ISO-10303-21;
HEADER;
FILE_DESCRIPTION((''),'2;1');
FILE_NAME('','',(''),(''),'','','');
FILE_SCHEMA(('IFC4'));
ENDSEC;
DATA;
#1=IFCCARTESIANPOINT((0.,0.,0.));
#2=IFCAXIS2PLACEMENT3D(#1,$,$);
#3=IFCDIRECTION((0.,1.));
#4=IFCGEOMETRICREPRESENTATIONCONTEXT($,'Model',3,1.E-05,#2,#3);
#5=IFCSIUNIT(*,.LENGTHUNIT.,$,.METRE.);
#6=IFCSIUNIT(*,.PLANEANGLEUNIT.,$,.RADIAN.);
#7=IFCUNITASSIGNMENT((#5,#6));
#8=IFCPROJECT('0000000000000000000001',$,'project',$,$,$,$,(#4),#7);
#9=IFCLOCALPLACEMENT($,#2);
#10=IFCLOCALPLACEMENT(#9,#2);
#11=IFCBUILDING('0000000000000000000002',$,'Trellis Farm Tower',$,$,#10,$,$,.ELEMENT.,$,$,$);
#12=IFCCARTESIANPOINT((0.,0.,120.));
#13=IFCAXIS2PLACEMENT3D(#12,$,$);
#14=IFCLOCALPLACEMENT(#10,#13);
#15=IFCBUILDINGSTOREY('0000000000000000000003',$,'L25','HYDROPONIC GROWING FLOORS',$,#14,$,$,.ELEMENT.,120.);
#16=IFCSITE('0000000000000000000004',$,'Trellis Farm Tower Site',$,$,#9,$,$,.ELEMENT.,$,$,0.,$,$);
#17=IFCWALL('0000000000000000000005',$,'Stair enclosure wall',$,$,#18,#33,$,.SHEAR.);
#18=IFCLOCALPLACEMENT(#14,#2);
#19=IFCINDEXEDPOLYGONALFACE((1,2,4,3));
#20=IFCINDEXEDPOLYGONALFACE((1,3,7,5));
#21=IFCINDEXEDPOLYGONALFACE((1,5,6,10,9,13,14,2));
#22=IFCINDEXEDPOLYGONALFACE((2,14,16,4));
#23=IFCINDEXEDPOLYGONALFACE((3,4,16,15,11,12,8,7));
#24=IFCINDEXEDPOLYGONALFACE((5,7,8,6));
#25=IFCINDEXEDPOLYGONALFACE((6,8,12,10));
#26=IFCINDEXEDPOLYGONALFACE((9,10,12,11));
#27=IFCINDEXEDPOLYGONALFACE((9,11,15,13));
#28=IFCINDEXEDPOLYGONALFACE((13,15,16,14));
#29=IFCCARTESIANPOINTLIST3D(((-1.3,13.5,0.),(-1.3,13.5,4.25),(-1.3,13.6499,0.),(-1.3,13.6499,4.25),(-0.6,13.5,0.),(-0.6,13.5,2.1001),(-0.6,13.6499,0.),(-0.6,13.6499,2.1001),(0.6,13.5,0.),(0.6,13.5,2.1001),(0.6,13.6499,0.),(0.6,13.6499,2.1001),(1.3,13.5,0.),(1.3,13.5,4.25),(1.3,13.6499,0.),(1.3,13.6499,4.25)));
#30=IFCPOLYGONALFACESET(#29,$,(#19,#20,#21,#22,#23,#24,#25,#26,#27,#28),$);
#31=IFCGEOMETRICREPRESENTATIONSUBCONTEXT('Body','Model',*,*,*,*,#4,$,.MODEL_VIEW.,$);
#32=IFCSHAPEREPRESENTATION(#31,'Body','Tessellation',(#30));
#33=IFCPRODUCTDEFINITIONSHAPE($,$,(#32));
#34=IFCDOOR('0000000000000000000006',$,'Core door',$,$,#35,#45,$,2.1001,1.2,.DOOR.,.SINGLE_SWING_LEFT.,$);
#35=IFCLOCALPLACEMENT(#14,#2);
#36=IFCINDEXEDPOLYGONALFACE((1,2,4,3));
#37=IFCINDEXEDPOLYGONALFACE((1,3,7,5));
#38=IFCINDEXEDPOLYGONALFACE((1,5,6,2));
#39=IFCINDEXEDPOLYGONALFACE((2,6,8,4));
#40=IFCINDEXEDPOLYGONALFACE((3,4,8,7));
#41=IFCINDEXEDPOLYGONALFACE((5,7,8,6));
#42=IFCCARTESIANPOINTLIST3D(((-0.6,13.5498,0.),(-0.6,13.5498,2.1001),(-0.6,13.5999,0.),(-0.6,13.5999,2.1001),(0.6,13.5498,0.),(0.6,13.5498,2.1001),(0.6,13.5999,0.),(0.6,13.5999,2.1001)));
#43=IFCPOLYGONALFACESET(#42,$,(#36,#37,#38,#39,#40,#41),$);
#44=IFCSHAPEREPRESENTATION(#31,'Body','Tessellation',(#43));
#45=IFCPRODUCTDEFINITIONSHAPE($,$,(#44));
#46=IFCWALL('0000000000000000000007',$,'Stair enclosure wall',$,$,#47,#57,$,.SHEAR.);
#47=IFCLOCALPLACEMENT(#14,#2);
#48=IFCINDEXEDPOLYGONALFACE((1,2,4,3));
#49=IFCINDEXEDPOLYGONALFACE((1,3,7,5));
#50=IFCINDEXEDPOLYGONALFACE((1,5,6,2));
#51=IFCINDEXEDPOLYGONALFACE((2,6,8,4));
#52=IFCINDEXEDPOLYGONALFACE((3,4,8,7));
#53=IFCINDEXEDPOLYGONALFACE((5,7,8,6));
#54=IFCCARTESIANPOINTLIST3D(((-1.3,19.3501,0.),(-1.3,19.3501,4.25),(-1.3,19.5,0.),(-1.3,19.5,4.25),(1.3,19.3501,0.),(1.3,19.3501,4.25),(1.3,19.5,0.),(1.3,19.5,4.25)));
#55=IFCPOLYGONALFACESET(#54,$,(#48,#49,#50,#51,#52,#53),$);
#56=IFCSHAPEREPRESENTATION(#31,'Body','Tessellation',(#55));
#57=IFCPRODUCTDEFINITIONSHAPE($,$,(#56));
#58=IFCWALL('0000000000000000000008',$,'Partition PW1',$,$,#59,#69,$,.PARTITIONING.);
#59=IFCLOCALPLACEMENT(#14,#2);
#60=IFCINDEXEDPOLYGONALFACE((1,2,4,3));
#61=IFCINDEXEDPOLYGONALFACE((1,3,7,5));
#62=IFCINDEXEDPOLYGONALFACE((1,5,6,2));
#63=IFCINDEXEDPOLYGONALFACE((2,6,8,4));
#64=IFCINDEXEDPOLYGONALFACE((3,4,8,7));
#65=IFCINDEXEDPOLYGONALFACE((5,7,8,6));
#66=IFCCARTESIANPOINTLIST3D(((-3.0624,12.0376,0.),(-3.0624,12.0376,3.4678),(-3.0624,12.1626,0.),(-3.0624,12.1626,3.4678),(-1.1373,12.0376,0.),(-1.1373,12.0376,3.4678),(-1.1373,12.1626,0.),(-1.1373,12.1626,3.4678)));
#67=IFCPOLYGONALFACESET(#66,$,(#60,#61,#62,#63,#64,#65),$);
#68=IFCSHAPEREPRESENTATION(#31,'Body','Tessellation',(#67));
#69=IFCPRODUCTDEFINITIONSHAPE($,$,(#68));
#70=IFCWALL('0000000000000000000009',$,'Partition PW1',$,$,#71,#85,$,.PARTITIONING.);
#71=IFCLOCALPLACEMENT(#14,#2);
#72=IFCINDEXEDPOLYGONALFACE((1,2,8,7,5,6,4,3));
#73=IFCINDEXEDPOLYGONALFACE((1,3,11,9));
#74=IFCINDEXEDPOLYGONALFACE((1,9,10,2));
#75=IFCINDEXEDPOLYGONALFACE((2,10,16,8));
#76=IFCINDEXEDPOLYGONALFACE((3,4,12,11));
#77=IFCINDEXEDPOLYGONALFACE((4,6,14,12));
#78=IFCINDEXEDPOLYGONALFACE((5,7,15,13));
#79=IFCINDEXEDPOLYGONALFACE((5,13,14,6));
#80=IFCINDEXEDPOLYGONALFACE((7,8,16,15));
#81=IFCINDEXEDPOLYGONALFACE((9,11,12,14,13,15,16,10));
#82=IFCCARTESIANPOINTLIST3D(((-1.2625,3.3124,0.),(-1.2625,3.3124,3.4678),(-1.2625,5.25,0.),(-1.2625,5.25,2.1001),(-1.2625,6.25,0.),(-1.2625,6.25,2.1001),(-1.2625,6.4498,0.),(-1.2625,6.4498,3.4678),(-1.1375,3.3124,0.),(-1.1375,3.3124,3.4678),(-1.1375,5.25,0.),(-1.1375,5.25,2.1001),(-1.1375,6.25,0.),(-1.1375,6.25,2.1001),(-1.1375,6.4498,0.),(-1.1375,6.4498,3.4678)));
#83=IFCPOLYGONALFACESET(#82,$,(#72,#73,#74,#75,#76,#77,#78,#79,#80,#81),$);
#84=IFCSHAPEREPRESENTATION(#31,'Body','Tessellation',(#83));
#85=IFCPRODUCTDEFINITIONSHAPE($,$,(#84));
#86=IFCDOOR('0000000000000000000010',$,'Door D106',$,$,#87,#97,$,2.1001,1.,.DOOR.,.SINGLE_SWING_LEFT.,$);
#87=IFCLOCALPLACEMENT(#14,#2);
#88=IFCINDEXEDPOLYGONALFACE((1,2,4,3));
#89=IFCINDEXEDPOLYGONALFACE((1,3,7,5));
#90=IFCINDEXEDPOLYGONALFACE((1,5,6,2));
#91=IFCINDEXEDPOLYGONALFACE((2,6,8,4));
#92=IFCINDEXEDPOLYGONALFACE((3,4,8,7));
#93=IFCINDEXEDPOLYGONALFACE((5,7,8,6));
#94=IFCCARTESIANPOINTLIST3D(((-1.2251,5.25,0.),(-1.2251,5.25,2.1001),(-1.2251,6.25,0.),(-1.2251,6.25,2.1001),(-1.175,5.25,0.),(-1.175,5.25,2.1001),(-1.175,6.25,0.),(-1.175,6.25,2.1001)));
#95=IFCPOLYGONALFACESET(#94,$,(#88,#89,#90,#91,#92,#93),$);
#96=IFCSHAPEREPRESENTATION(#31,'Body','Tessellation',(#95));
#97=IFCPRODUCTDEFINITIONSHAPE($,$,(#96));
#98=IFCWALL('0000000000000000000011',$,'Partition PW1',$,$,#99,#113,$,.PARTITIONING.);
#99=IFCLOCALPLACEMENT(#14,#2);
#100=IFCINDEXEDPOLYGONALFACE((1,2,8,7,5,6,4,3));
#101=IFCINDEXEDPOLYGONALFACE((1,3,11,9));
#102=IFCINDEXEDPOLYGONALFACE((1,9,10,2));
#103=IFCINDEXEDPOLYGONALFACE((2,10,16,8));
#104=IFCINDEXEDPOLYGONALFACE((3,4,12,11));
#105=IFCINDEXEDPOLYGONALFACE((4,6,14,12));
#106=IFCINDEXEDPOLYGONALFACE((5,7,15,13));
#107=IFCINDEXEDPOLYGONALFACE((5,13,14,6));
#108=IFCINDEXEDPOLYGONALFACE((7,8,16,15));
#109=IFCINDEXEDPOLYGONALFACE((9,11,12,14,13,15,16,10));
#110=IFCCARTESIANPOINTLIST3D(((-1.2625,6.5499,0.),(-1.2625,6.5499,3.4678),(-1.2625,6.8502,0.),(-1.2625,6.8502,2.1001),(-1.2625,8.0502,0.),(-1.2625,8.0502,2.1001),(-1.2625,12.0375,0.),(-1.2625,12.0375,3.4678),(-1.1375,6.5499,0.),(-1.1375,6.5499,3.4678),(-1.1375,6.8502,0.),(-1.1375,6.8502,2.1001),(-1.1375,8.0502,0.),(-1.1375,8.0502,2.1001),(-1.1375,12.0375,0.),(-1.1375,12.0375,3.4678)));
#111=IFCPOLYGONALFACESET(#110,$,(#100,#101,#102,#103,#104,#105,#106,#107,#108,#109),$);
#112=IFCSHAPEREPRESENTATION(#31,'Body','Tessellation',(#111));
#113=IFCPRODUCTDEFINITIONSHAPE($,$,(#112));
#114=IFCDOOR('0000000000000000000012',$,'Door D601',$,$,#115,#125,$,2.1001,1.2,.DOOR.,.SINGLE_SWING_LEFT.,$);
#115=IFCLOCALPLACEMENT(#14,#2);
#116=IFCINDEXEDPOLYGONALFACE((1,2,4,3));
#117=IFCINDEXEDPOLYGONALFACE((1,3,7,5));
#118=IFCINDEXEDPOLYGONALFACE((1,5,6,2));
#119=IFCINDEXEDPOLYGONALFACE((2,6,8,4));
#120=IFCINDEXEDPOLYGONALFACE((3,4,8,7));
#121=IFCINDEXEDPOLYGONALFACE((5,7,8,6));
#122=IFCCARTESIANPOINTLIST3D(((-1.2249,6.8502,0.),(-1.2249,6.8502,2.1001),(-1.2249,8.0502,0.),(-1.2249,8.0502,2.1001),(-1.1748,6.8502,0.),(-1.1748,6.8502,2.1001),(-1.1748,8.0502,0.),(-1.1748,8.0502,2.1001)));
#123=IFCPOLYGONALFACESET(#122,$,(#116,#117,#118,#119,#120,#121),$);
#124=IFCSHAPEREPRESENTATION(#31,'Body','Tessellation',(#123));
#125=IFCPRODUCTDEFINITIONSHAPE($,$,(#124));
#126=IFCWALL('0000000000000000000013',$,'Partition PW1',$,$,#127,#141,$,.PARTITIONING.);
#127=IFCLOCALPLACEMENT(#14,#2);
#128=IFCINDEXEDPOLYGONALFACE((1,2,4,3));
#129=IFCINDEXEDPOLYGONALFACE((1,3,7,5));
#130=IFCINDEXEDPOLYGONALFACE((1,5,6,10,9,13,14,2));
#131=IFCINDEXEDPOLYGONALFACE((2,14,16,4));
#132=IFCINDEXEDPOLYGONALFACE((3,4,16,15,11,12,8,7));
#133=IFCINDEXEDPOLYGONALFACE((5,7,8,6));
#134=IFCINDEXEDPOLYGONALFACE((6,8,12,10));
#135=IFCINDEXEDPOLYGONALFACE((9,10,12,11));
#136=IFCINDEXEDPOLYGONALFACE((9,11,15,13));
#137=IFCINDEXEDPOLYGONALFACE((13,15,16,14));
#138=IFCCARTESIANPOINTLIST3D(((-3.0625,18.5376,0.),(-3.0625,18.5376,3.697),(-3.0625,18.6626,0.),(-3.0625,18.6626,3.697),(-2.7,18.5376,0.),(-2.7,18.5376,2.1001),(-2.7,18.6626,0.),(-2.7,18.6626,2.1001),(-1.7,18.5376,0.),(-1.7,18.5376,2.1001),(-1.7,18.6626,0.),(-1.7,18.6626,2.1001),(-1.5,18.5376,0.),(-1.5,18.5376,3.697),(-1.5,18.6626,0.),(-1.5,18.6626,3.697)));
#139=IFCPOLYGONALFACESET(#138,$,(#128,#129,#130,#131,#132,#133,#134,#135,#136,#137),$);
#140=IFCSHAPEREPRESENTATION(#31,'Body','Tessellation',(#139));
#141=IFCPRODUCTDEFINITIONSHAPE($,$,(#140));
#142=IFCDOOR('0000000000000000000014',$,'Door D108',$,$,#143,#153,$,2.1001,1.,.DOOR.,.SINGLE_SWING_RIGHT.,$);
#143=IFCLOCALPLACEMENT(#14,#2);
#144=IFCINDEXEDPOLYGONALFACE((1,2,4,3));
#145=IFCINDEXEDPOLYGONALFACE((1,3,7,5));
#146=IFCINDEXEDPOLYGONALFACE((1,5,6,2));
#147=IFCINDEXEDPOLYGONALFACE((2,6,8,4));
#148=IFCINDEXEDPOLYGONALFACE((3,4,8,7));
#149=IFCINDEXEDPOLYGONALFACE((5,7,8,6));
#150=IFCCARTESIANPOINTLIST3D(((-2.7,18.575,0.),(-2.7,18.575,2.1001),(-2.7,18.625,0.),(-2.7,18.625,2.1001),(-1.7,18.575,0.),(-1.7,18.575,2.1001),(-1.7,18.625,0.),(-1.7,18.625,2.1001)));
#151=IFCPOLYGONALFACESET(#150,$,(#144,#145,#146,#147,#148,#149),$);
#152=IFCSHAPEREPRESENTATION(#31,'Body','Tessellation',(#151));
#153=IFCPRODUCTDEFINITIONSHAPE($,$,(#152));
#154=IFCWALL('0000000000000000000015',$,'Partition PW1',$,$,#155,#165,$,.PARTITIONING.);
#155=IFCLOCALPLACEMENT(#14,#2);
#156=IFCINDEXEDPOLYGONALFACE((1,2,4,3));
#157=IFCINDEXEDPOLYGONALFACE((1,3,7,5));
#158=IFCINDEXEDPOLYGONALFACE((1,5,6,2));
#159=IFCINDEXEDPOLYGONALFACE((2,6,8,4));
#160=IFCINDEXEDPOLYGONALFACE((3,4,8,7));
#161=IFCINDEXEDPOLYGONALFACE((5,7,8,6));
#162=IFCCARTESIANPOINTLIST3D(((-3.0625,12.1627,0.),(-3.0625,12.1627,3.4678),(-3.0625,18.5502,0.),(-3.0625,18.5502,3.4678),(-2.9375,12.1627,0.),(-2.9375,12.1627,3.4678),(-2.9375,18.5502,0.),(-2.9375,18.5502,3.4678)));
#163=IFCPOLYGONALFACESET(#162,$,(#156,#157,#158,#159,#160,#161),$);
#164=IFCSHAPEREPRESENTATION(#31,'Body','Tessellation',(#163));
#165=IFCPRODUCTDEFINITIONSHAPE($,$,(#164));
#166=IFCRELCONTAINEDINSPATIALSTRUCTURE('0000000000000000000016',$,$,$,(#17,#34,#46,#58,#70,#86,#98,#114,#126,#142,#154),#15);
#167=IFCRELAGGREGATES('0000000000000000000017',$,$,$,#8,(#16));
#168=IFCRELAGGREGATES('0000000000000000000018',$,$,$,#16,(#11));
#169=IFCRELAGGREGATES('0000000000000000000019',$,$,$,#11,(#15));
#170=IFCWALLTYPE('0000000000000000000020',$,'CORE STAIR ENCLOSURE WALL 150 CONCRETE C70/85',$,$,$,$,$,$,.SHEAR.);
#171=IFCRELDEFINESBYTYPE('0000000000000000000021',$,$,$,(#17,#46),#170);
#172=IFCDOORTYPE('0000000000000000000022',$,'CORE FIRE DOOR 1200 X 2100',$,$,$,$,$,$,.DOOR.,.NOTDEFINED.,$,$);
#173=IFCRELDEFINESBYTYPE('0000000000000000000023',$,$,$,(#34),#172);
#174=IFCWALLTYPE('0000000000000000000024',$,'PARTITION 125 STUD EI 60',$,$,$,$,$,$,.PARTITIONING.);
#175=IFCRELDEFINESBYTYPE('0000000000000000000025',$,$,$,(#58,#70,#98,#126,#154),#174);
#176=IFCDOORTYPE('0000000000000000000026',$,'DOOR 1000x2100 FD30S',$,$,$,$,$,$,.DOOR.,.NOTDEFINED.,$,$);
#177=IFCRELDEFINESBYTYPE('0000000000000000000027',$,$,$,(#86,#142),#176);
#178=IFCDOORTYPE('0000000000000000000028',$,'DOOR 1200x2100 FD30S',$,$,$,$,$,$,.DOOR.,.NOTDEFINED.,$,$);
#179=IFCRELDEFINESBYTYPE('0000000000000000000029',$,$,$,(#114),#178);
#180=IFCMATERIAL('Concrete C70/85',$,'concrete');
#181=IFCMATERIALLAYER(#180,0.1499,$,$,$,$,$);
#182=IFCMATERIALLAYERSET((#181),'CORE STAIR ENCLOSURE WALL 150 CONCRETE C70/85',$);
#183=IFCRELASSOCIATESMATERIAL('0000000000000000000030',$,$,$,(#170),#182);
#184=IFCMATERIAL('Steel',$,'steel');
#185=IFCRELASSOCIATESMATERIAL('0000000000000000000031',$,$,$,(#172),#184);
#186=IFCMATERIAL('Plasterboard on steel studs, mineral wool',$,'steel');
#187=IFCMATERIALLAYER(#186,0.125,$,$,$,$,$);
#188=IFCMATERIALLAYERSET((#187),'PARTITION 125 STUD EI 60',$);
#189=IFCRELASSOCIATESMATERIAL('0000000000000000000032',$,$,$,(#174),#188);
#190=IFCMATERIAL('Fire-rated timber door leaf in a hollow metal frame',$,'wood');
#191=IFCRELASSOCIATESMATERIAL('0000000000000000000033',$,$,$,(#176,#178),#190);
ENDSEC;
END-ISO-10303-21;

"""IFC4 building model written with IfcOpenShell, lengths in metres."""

from ifc_helpers import new_model, si_unit, direction, frame, frame_2d, origin, place, context, subcontext, project, spatial, rectangle, extrude, source, transform, mapped, material, layer, layer_set, type_object, element, fill, save


model = new_model("IFC4")

# Units and contexts
model_context = context("Model", 3, precision=1e-05, world=origin(), true_north=direction((0.0, 1.0)))
body_context = subcontext(model_context, "Body", "Model", "MODEL_VIEW")
ifc_project = project(units=[si_unit("LENGTHUNIT", "METRE"), si_unit("PLANEANGLEUNIT", "RADIAN")], contexts=[model_context])

# Site, building, storey
site_placement = place(None, origin())
site = spatial("IfcSite", under=ifc_project, at=site_placement, Name="Trellis Farm Tower Site", CompositionType="ELEMENT", RefElevation=0.0)
building_placement = place(site_placement, origin())
building = spatial("IfcBuilding", under=site, at=building_placement, Name="Trellis Farm Tower", CompositionType="ELEMENT")
storey_placement = place(building_placement, frame((0.0, 0.0, 120.0)))
storey = spatial("IfcBuildingStorey", under=building, at=storey_placement, Name="L25", Description="HYDROPONIC GROWING FLOORS", CompositionType="ELEMENT", Elevation=120.0)

# Shared definitions
ifc_material_1 = material(Name="Concrete C70/85", Category="concrete")

# Wall, opening, door
ifc_layer_1 = layer(ifc_material_1, 0.1499)
ifc_layer_set_1 = layer_set([ifc_layer_1], Name="CORE STAIR ENCLOSURE WALL 150 CONCRETE C70/85")
wall_type_1 = type_object("IfcWallType", Name="CORE STAIR ENCLOSURE WALL 150 CONCRETE C70/85", PredefinedType="SHEAR", material=ifc_layer_set_1)
shared_shape_1 = source(origin(), body_context, "Body", "SweptSolid", [
    extrude(rectangle(XDim=2.6001, YDim=0.1499, at=frame_2d((1.3, 0.0))), origin(), (0.0, 0.0, 1.0), 4.25),
])
wall_1_placement = place(storey_placement, frame((-1.3, 13.575, 0.0), z_axis=(0.0, 0.0, 1.0), x_axis=(1.0, 0.0, 0.0)))
wall_1 = element("IfcWall", 1, at=wall_1_placement, inside=storey, type_object=wall_type_1, Name="Stair enclosure wall", PredefinedType="SHEAR", context=body_context, shape_type="MappedRepresentation", body=[
    mapped(shared_shape_1, transform((0.0, 0.0, 0.0))),
])
shared_shape_2 = source(origin(), body_context, "Body", "SweptSolid", [
    extrude(rectangle(XDim=1.2, YDim=2.1001, at=frame_2d((0.6001, 1.05))), frame((0.0, 0.085, 0.0), z_axis=(0.0, -1.0, 0.0), x_axis=(1.0, 0.0, 0.0)), (0.0, 0.0, 1.0), 0.1699),
])
opening_1_placement = place(wall_1_placement, frame((0.7, 0.0, 0.0)))
opening_1 = element("IfcOpeningElement", 2, at=opening_1_placement, cuts=wall_1, PredefinedType="OPENING", context=body_context, shape_type="MappedRepresentation", body=[
    mapped(shared_shape_2, transform((0.0, 0.0, 0.0))),
])
ifc_material_2 = material(Name="Steel", Category="steel")
door_type_1 = type_object("IfcDoorType", Name="CORE FIRE DOOR 1200 X 2100", OperationType="NOTDEFINED", PredefinedType="DOOR", material=ifc_material_2)
shared_shape_3 = source(origin(), body_context, "Body", "SweptSolid", [
    extrude(rectangle(XDim=1.2, YDim=2.1001, at=frame_2d((0.6001, 1.05))), frame((0.0, 0.0249, 0.0), z_axis=(0.0, -1.0, 0.0), x_axis=(1.0, 0.0, 0.0)), (0.0, 0.0, 1.0), 0.05),
])
door_1_placement = place(opening_1_placement, origin())
door_1 = element("IfcDoor", 3, at=door_1_placement, inside=storey, type_object=door_type_1, Name="Core door", OperationType="SINGLE_SWING_LEFT", OverallHeight=2.1001, OverallWidth=1.2, PredefinedType="DOOR", context=body_context, shape_type="MappedRepresentation", body=[
    mapped(shared_shape_3, transform((0.0, 0.0, 0.0))),
])
fill(opening_1, door_1)

# Walls
wall_2_placement = place(storey_placement, frame((-1.3, 19.425, 0.0), z_axis=(0.0, 0.0, 1.0), x_axis=(1.0, 0.0, 0.0)))
element("IfcWall", 4, at=wall_2_placement, inside=storey, type_object=wall_type_1, Name="Stair enclosure wall", PredefinedType="SHEAR", context=body_context, shape_type="MappedRepresentation", body=[
    mapped(shared_shape_1, transform((0.0, 0.0, 0.0))),
])
ifc_material_3 = material(Name="Plasterboard on steel studs, mineral wool", Category="steel")
ifc_layer_2 = layer(ifc_material_3, 0.125)
ifc_layer_set_2 = layer_set([ifc_layer_2], Name="PARTITION 125 STUD EI 60")
wall_type_2 = type_object("IfcWallType", Name="PARTITION 125 STUD EI 60", PredefinedType="PARTITIONING", material=ifc_layer_set_2)
shared_shape_4 = source(origin(), body_context, "Body", "SweptSolid", [
    extrude(rectangle(XDim=1.925, YDim=0.125, at=frame_2d((0.9624, 0.0))), origin(), (0.0, 0.0, 1.0), 3.4678),
])
wall_3_placement = place(storey_placement, frame((-1.1375, 12.1001, 0.0), z_axis=(0.0, 0.0, 1.0), x_axis=(-1.0, 0.0, 0.0)))
element("IfcWall", 5, at=wall_3_placement, inside=storey, type_object=wall_type_2, Name="Partition PW1", PredefinedType="PARTITIONING", context=body_context, shape_type="MappedRepresentation", body=[
    mapped(shared_shape_4, transform((0.0, 0.0, 0.0))),
])

# Walls, openings, doors
shared_shape_5 = source(origin(), body_context, "Body", "SweptSolid", [
    extrude(rectangle(XDim=3.1375, YDim=0.125, at=frame_2d((1.5688, 0.0))), origin(), (0.0, 0.0, 1.0), 3.4678),
])
wall_4_placement = place(storey_placement, frame((-1.2, 6.45, 0.0), z_axis=(0.0, 0.0, 1.0), x_axis=(0.0, -1.0, 0.0)))
wall_4 = element("IfcWall", 6, at=wall_4_placement, inside=storey, type_object=wall_type_2, Name="Partition PW1", PredefinedType="PARTITIONING", context=body_context, shape_type="MappedRepresentation", body=[
    mapped(shared_shape_5, transform((0.0, 0.0, 0.0))),
])
shared_shape_6 = source(origin(), body_context, "Body", "SweptSolid", [
    extrude(rectangle(XDim=1.0, YDim=2.1001, at=frame_2d((0.5, 1.05))), frame((0.0, 0.0725, 0.0), z_axis=(0.0, -1.0, 0.0), x_axis=(1.0, 0.0, 0.0)), (0.0, 0.0, 1.0), 0.145),
])
opening_2_placement = place(wall_4_placement, frame((0.2, 0.0, 0.0)))
opening_2 = element("IfcOpeningElement", 7, at=opening_2_placement, cuts=wall_4, PredefinedType="OPENING", context=body_context, shape_type="MappedRepresentation", body=[
    mapped(shared_shape_6, transform((0.0, 0.0, 0.0))),
])
ifc_material_4 = material(Name="Fire-rated timber door leaf in a hollow metal frame", Category="wood")
door_type_2 = type_object("IfcDoorType", Name="DOOR 1000x2100 FD30S", OperationType="NOTDEFINED", PredefinedType="DOOR", material=ifc_material_4)
shared_shape_7 = source(origin(), body_context, "Body", "SweptSolid", [
    extrude(rectangle(XDim=1.0, YDim=2.1001, at=frame_2d((0.5, 1.05))), frame((0.0, 0.0249, 0.0), z_axis=(0.0, -1.0, 0.0), x_axis=(1.0, 0.0, 0.0)), (0.0, 0.0, 1.0), 0.05),
])
door_2_placement = place(opening_2_placement, origin())
door_2 = element("IfcDoor", 8, at=door_2_placement, inside=storey, type_object=door_type_2, Name="Door D106", OperationType="SINGLE_SWING_LEFT", OverallHeight=2.1001, OverallWidth=1.0, PredefinedType="DOOR", context=body_context, shape_type="MappedRepresentation", body=[
    mapped(shared_shape_7, transform((0.0, 0.0, 0.0))),
])
fill(opening_2, door_2)
shared_shape_8 = source(origin(), body_context, "Body", "SweptSolid", [
    extrude(rectangle(XDim=5.4875, YDim=0.125, at=frame_2d((2.7437, 0.0))), origin(), (0.0, 0.0, 1.0), 3.4678),
])
wall_5_placement = place(storey_placement, frame((-1.2, 6.55, 0.0), z_axis=(0.0, 0.0, 1.0), x_axis=(0.0, 1.0, 0.0)))
wall_5 = element("IfcWall", 9, at=wall_5_placement, inside=storey, type_object=wall_type_2, Name="Partition PW1", PredefinedType="PARTITIONING", context=body_context, shape_type="MappedRepresentation", body=[
    mapped(shared_shape_8, transform((0.0, 0.0, 0.0))),
])
shared_shape_9 = source(origin(), body_context, "Body", "SweptSolid", [
    extrude(rectangle(XDim=1.2, YDim=2.1001, at=frame_2d((0.6001, 1.05))), frame((0.0, 0.0725, 0.0), z_axis=(0.0, -1.0, 0.0), x_axis=(1.0, 0.0, 0.0)), (0.0, 0.0, 1.0), 0.145),
])
opening_3_placement = place(wall_5_placement, frame((0.3, 0.0, 0.0)))
opening_3 = element("IfcOpeningElement", 10, at=opening_3_placement, cuts=wall_5, PredefinedType="OPENING", context=body_context, shape_type="MappedRepresentation", body=[
    mapped(shared_shape_9, transform((0.0, 0.0, 0.0))),
])
door_type_3 = type_object("IfcDoorType", Name="DOOR 1200x2100 FD30S", OperationType="NOTDEFINED", PredefinedType="DOOR", material=ifc_material_4)
door_3_placement = place(opening_3_placement, origin())
door_3 = element("IfcDoor", 11, at=door_3_placement, inside=storey, type_object=door_type_3, Name="Door D601", OperationType="SINGLE_SWING_LEFT", OverallHeight=2.1001, OverallWidth=1.2, PredefinedType="DOOR", context=body_context, shape_type="MappedRepresentation", body=[
    mapped(shared_shape_3, transform((0.0, 0.0, 0.0))),
])
fill(opening_3, door_3)
shared_shape_10 = source(origin(), body_context, "Body", "SweptSolid", [
    extrude(rectangle(XDim=1.5625, YDim=0.125, at=frame_2d((0.7812, 0.0))), origin(), (0.0, 0.0, 1.0), 3.697),
])
wall_6_placement = place(storey_placement, frame((-3.0625, 18.6001, 0.0), z_axis=(0.0, 0.0, 1.0), x_axis=(1.0, 0.0, 0.0)))
wall_6 = element("IfcWall", 12, at=wall_6_placement, inside=storey, type_object=wall_type_2, Name="Partition PW1", PredefinedType="PARTITIONING", context=body_context, shape_type="MappedRepresentation", body=[
    mapped(shared_shape_10, transform((0.0, 0.0, 0.0))),
])
opening_4_placement = place(wall_6_placement, frame((0.3625, 0.0, 0.0)))
opening_4 = element("IfcOpeningElement", 13, at=opening_4_placement, cuts=wall_6, PredefinedType="OPENING", context=body_context, shape_type="MappedRepresentation", body=[
    mapped(shared_shape_6, transform((0.0, 0.0, 0.0))),
])
door_4_placement = place(opening_4_placement, origin())
door_4 = element("IfcDoor", 14, at=door_4_placement, inside=storey, type_object=door_type_2, Name="Door D108", OperationType="SINGLE_SWING_RIGHT", OverallHeight=2.1001, OverallWidth=1.0, PredefinedType="DOOR", context=body_context, shape_type="MappedRepresentation", body=[
    mapped(shared_shape_7, transform((0.0, 0.0, 0.0))),
])
fill(opening_4, door_4)

# Wall
shared_shape_11 = source(origin(), body_context, "Body", "SweptSolid", [
    extrude(rectangle(XDim=6.3875, YDim=0.125, at=frame_2d((3.1938, 0.0))), origin(), (0.0, 0.0, 1.0), 3.4678),
])
wall_7_placement = place(storey_placement, frame((-3.0, 12.1626, 0.0), z_axis=(0.0, 0.0, 1.0), x_axis=(0.0, 1.0, 0.0)))
element("IfcWall", 15, at=wall_7_placement, inside=storey, type_object=wall_type_2, Name="Partition PW1", PredefinedType="PARTITIONING", context=body_context, shape_type="MappedRepresentation", body=[
    mapped(shared_shape_11, transform((0.0, 0.0, 0.0))),
])

save(model, "model.ifc")
